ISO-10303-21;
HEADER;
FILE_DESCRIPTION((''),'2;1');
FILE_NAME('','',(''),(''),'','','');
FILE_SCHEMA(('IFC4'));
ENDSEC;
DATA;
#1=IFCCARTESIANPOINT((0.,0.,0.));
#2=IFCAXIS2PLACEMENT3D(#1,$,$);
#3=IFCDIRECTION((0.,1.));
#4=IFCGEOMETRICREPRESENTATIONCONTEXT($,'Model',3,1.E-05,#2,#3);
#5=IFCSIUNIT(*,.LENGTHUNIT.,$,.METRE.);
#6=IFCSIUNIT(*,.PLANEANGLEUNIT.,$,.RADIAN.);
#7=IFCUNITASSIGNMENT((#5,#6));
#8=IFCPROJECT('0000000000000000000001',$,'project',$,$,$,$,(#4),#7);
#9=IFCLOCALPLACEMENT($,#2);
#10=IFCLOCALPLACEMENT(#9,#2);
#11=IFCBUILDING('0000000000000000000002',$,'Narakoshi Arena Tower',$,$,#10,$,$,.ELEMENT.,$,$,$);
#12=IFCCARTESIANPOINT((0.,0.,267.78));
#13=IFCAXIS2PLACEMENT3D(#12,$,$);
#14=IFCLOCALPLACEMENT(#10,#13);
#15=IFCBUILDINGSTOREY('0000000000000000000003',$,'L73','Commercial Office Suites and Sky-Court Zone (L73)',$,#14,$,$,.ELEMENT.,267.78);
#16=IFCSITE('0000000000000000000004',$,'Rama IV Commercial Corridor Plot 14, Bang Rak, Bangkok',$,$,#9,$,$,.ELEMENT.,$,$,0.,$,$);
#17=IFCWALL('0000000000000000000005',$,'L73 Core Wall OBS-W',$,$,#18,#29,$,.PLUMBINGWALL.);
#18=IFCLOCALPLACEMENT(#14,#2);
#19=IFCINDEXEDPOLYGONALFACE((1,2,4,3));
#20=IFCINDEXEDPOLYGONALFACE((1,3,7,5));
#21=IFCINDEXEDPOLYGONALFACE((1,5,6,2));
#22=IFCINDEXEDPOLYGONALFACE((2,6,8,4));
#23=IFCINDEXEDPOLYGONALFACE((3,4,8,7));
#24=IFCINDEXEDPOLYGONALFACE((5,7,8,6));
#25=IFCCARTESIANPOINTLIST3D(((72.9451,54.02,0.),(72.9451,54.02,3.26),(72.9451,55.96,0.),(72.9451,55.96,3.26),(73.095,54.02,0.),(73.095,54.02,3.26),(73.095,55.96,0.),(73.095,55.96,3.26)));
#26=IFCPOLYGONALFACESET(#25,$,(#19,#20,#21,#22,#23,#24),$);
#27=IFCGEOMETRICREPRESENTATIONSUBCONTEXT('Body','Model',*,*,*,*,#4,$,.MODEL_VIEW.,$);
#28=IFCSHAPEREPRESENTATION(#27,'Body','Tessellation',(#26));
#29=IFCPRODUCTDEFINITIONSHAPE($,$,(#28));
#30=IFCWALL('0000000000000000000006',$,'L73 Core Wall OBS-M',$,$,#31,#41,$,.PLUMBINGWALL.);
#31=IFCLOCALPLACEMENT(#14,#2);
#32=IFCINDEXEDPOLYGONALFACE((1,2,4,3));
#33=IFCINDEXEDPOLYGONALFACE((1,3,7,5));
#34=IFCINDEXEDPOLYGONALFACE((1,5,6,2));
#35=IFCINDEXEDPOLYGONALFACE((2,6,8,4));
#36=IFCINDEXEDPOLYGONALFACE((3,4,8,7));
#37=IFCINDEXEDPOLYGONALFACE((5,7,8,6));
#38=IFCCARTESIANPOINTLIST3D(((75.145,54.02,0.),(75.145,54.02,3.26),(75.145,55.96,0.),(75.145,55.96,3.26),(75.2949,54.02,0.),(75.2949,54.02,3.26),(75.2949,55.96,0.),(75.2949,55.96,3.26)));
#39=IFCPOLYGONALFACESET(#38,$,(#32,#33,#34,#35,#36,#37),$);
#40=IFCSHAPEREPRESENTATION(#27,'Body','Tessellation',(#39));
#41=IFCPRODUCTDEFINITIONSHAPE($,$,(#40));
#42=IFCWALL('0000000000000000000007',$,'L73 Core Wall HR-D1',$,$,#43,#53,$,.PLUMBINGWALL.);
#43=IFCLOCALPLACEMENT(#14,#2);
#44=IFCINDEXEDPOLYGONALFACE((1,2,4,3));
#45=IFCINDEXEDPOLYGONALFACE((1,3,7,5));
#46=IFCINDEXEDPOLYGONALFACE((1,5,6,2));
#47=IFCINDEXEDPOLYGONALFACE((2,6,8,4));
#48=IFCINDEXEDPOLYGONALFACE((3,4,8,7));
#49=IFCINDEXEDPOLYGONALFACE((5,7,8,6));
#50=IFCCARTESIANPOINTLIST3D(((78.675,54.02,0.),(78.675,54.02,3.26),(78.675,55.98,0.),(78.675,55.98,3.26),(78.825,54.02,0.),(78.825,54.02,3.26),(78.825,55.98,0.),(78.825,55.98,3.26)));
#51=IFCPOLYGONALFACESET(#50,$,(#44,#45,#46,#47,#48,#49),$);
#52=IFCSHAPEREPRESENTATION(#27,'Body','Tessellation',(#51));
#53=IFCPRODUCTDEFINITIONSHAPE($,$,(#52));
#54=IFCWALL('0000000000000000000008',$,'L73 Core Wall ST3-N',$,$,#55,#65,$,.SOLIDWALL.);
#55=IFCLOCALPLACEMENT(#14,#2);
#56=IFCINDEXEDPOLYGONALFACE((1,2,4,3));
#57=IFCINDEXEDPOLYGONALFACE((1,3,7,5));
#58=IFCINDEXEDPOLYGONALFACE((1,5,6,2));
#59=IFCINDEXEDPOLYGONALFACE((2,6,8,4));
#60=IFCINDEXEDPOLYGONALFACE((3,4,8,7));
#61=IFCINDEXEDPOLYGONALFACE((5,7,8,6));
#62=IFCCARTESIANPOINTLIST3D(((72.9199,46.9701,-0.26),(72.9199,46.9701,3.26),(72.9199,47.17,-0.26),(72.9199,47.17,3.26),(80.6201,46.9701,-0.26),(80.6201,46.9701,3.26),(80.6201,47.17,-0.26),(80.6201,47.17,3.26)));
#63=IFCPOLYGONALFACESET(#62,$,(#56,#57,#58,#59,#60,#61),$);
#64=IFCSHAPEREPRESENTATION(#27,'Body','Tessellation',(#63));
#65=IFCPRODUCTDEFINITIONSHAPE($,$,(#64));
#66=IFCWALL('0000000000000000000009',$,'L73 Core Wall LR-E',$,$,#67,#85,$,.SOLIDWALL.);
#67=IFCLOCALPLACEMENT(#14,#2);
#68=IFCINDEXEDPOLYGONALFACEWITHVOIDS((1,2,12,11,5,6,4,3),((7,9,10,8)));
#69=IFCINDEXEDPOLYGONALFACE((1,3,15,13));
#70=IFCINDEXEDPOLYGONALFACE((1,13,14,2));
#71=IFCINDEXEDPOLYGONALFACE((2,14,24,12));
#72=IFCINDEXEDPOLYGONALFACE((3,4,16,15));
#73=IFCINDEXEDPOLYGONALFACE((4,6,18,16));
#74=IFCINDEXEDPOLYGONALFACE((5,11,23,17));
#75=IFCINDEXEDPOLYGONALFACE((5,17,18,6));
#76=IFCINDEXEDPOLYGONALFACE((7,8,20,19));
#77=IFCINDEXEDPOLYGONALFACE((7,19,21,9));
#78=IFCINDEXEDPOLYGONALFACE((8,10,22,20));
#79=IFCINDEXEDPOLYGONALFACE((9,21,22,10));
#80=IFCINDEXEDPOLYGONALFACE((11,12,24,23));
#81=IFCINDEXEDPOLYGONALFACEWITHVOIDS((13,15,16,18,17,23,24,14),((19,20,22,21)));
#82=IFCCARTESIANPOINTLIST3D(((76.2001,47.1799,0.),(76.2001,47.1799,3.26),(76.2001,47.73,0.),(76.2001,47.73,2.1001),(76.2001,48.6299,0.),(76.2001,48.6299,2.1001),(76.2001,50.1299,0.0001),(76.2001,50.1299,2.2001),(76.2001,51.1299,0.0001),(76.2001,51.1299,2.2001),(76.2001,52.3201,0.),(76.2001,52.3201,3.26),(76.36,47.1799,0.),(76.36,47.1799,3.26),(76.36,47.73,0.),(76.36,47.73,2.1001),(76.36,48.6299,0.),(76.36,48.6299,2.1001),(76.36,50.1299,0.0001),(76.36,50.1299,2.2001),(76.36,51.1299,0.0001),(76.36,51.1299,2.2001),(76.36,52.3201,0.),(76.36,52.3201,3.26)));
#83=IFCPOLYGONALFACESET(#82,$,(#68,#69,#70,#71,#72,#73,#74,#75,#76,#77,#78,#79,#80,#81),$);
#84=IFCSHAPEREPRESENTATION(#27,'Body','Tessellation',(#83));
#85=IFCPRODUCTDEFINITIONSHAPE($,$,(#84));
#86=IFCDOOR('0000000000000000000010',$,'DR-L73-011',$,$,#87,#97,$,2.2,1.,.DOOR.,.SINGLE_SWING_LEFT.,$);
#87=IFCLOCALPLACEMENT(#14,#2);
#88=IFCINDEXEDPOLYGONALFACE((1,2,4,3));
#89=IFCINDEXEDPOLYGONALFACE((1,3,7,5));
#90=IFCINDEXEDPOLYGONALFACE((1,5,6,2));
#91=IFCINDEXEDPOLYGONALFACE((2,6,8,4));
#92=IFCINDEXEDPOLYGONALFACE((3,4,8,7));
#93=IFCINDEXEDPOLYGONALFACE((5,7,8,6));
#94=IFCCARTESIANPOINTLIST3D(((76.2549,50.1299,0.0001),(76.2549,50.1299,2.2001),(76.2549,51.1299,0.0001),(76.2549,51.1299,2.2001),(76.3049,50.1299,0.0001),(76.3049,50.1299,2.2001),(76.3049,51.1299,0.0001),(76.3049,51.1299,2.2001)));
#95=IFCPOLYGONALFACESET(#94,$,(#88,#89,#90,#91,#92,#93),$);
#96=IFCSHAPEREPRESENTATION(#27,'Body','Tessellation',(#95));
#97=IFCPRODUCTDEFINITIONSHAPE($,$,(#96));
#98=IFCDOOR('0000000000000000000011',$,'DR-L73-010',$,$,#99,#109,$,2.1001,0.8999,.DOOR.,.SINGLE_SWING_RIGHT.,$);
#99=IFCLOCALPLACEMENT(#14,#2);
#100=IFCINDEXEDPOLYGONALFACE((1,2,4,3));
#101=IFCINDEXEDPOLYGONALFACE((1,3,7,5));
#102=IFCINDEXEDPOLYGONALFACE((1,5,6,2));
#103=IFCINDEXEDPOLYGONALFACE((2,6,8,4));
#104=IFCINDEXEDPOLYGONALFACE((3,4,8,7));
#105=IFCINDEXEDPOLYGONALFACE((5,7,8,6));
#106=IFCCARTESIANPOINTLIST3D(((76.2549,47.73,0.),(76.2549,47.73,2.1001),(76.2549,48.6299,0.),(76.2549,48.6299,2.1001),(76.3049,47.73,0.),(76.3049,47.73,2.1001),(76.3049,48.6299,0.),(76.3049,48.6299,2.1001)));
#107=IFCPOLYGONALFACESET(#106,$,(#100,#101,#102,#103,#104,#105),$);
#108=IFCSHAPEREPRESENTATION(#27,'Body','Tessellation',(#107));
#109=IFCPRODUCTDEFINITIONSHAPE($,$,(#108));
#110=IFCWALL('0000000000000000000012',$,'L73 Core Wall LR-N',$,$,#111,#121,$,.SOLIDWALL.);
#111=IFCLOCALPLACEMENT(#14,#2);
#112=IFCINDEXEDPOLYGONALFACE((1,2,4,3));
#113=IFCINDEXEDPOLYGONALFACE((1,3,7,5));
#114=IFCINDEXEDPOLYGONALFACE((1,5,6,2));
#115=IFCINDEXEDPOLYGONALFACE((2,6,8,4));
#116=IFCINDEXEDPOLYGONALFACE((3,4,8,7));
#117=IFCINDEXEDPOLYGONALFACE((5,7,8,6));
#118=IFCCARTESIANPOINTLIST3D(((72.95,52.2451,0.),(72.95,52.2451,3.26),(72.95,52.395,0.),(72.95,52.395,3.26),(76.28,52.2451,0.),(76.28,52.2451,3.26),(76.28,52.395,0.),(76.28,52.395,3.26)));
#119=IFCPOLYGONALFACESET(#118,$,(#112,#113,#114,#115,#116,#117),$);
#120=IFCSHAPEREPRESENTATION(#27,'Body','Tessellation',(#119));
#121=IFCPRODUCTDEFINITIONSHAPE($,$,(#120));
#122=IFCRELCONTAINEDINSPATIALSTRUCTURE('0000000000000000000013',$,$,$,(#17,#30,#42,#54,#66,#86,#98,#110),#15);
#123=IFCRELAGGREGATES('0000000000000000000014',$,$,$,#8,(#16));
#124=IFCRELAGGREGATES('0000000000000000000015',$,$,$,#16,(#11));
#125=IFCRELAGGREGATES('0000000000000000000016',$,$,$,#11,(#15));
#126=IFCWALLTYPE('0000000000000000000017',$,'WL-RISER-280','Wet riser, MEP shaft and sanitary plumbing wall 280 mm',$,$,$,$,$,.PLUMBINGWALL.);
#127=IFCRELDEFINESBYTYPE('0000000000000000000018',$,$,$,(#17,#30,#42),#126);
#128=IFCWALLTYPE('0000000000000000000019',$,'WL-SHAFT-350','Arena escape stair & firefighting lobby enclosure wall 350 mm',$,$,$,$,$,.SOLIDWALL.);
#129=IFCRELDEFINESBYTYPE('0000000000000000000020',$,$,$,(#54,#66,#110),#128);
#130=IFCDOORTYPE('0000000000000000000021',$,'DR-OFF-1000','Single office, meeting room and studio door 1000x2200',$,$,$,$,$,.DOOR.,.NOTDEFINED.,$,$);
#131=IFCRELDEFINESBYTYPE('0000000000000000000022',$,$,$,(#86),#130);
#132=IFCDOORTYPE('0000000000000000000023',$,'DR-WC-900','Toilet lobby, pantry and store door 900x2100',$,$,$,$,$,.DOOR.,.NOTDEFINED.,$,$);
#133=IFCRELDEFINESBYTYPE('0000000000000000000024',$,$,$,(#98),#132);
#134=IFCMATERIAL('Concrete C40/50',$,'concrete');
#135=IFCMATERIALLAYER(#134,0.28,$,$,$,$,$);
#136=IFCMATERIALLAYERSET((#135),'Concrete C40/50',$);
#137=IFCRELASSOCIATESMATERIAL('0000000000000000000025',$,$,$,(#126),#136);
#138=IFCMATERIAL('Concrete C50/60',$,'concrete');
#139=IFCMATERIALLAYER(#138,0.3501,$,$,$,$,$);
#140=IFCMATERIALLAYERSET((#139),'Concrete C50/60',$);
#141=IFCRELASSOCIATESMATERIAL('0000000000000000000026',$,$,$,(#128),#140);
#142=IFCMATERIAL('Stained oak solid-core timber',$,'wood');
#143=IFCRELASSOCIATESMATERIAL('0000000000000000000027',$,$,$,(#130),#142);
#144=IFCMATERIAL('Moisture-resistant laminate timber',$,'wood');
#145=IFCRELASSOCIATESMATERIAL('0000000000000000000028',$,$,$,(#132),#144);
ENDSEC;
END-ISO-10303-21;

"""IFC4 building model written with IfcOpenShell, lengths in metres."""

from ifc_helpers import new_model, si_unit, direction, frame, frame_2d, origin, place, context, subcontext, project, spatial, rectangle, extrude, material, layer, layer_set, type_object, element, fill, save


model = new_model("IFC4")

# Units and contexts
model_context = context("Model", 3, precision=1e-05, world=origin(), true_north=direction((0.0, 1.0)))
body_context = subcontext(model_context, "Body", "Model", "MODEL_VIEW")
ifc_project = project(units=[si_unit("LENGTHUNIT", "METRE"), si_unit("PLANEANGLEUNIT", "RADIAN")], contexts=[model_context])

# Site, building, storey
site_placement = place(None, origin())
site = spatial("IfcSite", under=ifc_project, at=site_placement, Name="Rama IV Commercial Corridor Plot 14, Bang Rak, Bangkok", CompositionType="ELEMENT", RefElevation=0.0)
building_placement = place(site_placement, origin())
building = spatial("IfcBuilding", under=site, at=building_placement, Name="Narakoshi Arena Tower", CompositionType="ELEMENT")
storey_placement = place(building_placement, frame((0.0, 0.0, 267.78)))
storey = spatial("IfcBuildingStorey", under=building, at=storey_placement, Name="L73", Description="Commercial Office Suites and Sky-Court Zone (L73)", CompositionType="ELEMENT", Elevation=267.78)

# Walls
ifc_material_1 = material(Name="Concrete C40/50", Category="concrete")
ifc_layer_1 = layer(ifc_material_1, 0.28)
ifc_layer_set_1 = layer_set([ifc_layer_1], Name="Concrete C40/50")
wall_type_1 = type_object("IfcWallType", Name="WL-RISER-280", Description="Wet riser, MEP shaft and sanitary plumbing wall 280 mm", PredefinedType="PLUMBINGWALL", material=ifc_layer_set_1)
for number, where, z_axis, x_axis, name in (
    (1, (73.02, 54.02, 0.0), (0.0, 0.0, 1.0), (0.0, 1.0, 0.0), "L73 Core Wall OBS-W"),
    (2, (75.22, 54.02, 0.0), (0.0, 0.0, 1.0), (0.0, 1.0, 0.0), "L73 Core Wall OBS-M"),
):
    element("IfcWall", number, at=place(storey_placement, frame(where, z_axis=z_axis, x_axis=x_axis)), inside=storey, type_object=wall_type_1, Name=name, PredefinedType="PLUMBINGWALL", context=body_context, shape_type="SweptSolid", body=[
        extrude(rectangle(XDim=1.9399, YDim=0.1499, at=frame_2d((0.97, 0.0))), origin(), (0.0, 0.0, 1.0), 3.26),
    ])
wall_1_placement = place(storey_placement, frame((78.75, 54.02, 0.0), z_axis=(0.0, 0.0, 1.0), x_axis=(0.0, 1.0, 0.0)))
element("IfcWall", 3, at=wall_1_placement, inside=storey, type_object=wall_type_1, Name="L73 Core Wall HR-D1", PredefinedType="PLUMBINGWALL", context=body_context, shape_type="SweptSolid", body=[
    extrude(rectangle(XDim=1.96, YDim=0.1499, at=frame_2d((0.98, 0.0))), origin(), (0.0, 0.0, 1.0), 3.26),
])
ifc_material_2 = material(Name="Concrete C50/60", Category="concrete")
ifc_layer_2 = layer(ifc_material_2, 0.3501)
ifc_layer_set_2 = layer_set([ifc_layer_2], Name="Concrete C50/60")
wall_type_2 = type_object("IfcWallType", Name="WL-SHAFT-350", Description="Arena escape stair & firefighting lobby enclosure wall 350 mm", PredefinedType="SOLIDWALL", material=ifc_layer_set_2)
wall_2_placement = place(storey_placement, frame((72.9199, 47.0701, -0.26), z_axis=(0.0, 0.0, 1.0), x_axis=(1.0, 0.0, 0.0)))
element("IfcWall", 4, at=wall_2_placement, inside=storey, type_object=wall_type_2, Name="L73 Core Wall ST3-N", PredefinedType="SOLIDWALL", context=body_context, shape_type="SweptSolid", body=[
    extrude(rectangle(XDim=7.7002, YDim=0.2, at=frame_2d((3.8501, 0.0))), origin(), (0.0, 0.0, 1.0), 3.52),
])

# Wall, openings, doors
wall_3_placement = place(storey_placement, frame((76.28, 47.1799, 0.0), z_axis=(0.0, 0.0, 1.0), x_axis=(0.0, 1.0, 0.0)))
wall_3 = element("IfcWall", 5, at=wall_3_placement, inside=storey, type_object=wall_type_2, Name="L73 Core Wall LR-E", PredefinedType="SOLIDWALL", context=body_context, shape_type="SweptSolid", body=[
    extrude(rectangle(XDim=5.1401, YDim=0.1599, at=frame_2d((2.5701, 0.0))), origin(), (0.0, 0.0, 1.0), 3.26),
])
opening_1_placement = place(wall_3_placement, frame((0.55, 0.0, 0.0)))
opening_1 = element("IfcOpeningElement", 6, at=opening_1_placement, cuts=wall_3, PredefinedType="OPENING", context=body_context, shape_type="SweptSolid", body=[
    extrude(rectangle(XDim=0.8999, YDim=2.1001, at=frame_2d((0.45, 1.05))), frame((0.0, 0.0898, 0.0), z_axis=(0.0, -1.0, 0.0), x_axis=(1.0, 0.0, 0.0)), (0.0, 0.0, 1.0), 0.1799),
])
opening_2_placement = place(wall_3_placement, frame((2.95, 0.0, 0.0)))
opening_2 = element("IfcOpeningElement", 7, at=opening_2_placement, cuts=wall_3, PredefinedType="OPENING", context=body_context, shape_type="SweptSolid", body=[
    extrude(rectangle(XDim=1.0, YDim=2.2, at=frame_2d((0.5, 1.1001))), frame((0.0, 0.0898, 0.0), z_axis=(0.0, -1.0, 0.0), x_axis=(1.0, 0.0, 0.0)), (0.0, 0.0, 1.0), 0.1799),
])
ifc_material_3 = material(Name="Stained oak solid-core timber", Category="wood")
door_type_1 = type_object("IfcDoorType", Name="DR-OFF-1000", Description="Single office, meeting room and studio door 1000x2200", OperationType="NOTDEFINED", PredefinedType="DOOR", material=ifc_material_3)
door_1_placement = place(opening_2_placement, frame((1.0, 0.0, 0.0), z_axis=(0.0, 0.0, 1.0), x_axis=(-1.0, 0.0, 0.0)))
door_1 = element("IfcDoor", 8, at=door_1_placement, inside=storey, type_object=door_type_1, Name="DR-L73-011", OperationType="SINGLE_SWING_LEFT", OverallHeight=2.2, OverallWidth=1.0, PredefinedType="DOOR", context=body_context, shape_type="SweptSolid", body=[
    extrude(rectangle(XDim=1.0, YDim=2.2, at=frame_2d((0.5, 1.1001))), frame((0.0, 0.0249, 0.0), z_axis=(0.0, -1.0, 0.0), x_axis=(1.0, 0.0, 0.0)), (0.0, 0.0, 1.0), 0.05),
])
fill(opening_2, door_1)
ifc_material_4 = material(Name="Moisture-resistant laminate timber", Category="wood")
door_type_2 = type_object("IfcDoorType", Name="DR-WC-900", Description="Toilet lobby, pantry and store door 900x2100", OperationType="NOTDEFINED", PredefinedType="DOOR", material=ifc_material_4)
door_2_placement = place(opening_1_placement, frame((0.8999, 0.0, 0.0), z_axis=(0.0, 0.0, 1.0), x_axis=(-1.0, 0.0, 0.0)))
door_2 = element("IfcDoor", 9, at=door_2_placement, inside=storey, type_object=door_type_2, Name="DR-L73-010", OperationType="SINGLE_SWING_RIGHT", OverallHeight=2.1001, OverallWidth=0.8999, PredefinedType="DOOR", context=body_context, shape_type="SweptSolid", body=[
    extrude(rectangle(XDim=0.8999, YDim=2.1001, at=frame_2d((0.45, 1.05))), frame((0.0, 0.0249, 0.0), z_axis=(0.0, -1.0, 0.0), x_axis=(1.0, 0.0, 0.0)), (0.0, 0.0, 1.0), 0.05),
])
fill(opening_1, door_2)

# Wall
wall_4_placement = place(storey_placement, frame((72.95, 52.3201, 0.0), z_axis=(0.0, 0.0, 1.0), x_axis=(1.0, 0.0, 0.0)))
element("IfcWall", 10, at=wall_4_placement, inside=storey, type_object=wall_type_2, Name="L73 Core Wall LR-N", PredefinedType="SOLIDWALL", context=body_context, shape_type="SweptSolid", body=[
    extrude(rectangle(XDim=3.3301, YDim=0.1499, at=frame_2d((1.665, 0.0))), origin(), (0.0, 0.0, 1.0), 3.26),
])

save(model, "model.ifc")
